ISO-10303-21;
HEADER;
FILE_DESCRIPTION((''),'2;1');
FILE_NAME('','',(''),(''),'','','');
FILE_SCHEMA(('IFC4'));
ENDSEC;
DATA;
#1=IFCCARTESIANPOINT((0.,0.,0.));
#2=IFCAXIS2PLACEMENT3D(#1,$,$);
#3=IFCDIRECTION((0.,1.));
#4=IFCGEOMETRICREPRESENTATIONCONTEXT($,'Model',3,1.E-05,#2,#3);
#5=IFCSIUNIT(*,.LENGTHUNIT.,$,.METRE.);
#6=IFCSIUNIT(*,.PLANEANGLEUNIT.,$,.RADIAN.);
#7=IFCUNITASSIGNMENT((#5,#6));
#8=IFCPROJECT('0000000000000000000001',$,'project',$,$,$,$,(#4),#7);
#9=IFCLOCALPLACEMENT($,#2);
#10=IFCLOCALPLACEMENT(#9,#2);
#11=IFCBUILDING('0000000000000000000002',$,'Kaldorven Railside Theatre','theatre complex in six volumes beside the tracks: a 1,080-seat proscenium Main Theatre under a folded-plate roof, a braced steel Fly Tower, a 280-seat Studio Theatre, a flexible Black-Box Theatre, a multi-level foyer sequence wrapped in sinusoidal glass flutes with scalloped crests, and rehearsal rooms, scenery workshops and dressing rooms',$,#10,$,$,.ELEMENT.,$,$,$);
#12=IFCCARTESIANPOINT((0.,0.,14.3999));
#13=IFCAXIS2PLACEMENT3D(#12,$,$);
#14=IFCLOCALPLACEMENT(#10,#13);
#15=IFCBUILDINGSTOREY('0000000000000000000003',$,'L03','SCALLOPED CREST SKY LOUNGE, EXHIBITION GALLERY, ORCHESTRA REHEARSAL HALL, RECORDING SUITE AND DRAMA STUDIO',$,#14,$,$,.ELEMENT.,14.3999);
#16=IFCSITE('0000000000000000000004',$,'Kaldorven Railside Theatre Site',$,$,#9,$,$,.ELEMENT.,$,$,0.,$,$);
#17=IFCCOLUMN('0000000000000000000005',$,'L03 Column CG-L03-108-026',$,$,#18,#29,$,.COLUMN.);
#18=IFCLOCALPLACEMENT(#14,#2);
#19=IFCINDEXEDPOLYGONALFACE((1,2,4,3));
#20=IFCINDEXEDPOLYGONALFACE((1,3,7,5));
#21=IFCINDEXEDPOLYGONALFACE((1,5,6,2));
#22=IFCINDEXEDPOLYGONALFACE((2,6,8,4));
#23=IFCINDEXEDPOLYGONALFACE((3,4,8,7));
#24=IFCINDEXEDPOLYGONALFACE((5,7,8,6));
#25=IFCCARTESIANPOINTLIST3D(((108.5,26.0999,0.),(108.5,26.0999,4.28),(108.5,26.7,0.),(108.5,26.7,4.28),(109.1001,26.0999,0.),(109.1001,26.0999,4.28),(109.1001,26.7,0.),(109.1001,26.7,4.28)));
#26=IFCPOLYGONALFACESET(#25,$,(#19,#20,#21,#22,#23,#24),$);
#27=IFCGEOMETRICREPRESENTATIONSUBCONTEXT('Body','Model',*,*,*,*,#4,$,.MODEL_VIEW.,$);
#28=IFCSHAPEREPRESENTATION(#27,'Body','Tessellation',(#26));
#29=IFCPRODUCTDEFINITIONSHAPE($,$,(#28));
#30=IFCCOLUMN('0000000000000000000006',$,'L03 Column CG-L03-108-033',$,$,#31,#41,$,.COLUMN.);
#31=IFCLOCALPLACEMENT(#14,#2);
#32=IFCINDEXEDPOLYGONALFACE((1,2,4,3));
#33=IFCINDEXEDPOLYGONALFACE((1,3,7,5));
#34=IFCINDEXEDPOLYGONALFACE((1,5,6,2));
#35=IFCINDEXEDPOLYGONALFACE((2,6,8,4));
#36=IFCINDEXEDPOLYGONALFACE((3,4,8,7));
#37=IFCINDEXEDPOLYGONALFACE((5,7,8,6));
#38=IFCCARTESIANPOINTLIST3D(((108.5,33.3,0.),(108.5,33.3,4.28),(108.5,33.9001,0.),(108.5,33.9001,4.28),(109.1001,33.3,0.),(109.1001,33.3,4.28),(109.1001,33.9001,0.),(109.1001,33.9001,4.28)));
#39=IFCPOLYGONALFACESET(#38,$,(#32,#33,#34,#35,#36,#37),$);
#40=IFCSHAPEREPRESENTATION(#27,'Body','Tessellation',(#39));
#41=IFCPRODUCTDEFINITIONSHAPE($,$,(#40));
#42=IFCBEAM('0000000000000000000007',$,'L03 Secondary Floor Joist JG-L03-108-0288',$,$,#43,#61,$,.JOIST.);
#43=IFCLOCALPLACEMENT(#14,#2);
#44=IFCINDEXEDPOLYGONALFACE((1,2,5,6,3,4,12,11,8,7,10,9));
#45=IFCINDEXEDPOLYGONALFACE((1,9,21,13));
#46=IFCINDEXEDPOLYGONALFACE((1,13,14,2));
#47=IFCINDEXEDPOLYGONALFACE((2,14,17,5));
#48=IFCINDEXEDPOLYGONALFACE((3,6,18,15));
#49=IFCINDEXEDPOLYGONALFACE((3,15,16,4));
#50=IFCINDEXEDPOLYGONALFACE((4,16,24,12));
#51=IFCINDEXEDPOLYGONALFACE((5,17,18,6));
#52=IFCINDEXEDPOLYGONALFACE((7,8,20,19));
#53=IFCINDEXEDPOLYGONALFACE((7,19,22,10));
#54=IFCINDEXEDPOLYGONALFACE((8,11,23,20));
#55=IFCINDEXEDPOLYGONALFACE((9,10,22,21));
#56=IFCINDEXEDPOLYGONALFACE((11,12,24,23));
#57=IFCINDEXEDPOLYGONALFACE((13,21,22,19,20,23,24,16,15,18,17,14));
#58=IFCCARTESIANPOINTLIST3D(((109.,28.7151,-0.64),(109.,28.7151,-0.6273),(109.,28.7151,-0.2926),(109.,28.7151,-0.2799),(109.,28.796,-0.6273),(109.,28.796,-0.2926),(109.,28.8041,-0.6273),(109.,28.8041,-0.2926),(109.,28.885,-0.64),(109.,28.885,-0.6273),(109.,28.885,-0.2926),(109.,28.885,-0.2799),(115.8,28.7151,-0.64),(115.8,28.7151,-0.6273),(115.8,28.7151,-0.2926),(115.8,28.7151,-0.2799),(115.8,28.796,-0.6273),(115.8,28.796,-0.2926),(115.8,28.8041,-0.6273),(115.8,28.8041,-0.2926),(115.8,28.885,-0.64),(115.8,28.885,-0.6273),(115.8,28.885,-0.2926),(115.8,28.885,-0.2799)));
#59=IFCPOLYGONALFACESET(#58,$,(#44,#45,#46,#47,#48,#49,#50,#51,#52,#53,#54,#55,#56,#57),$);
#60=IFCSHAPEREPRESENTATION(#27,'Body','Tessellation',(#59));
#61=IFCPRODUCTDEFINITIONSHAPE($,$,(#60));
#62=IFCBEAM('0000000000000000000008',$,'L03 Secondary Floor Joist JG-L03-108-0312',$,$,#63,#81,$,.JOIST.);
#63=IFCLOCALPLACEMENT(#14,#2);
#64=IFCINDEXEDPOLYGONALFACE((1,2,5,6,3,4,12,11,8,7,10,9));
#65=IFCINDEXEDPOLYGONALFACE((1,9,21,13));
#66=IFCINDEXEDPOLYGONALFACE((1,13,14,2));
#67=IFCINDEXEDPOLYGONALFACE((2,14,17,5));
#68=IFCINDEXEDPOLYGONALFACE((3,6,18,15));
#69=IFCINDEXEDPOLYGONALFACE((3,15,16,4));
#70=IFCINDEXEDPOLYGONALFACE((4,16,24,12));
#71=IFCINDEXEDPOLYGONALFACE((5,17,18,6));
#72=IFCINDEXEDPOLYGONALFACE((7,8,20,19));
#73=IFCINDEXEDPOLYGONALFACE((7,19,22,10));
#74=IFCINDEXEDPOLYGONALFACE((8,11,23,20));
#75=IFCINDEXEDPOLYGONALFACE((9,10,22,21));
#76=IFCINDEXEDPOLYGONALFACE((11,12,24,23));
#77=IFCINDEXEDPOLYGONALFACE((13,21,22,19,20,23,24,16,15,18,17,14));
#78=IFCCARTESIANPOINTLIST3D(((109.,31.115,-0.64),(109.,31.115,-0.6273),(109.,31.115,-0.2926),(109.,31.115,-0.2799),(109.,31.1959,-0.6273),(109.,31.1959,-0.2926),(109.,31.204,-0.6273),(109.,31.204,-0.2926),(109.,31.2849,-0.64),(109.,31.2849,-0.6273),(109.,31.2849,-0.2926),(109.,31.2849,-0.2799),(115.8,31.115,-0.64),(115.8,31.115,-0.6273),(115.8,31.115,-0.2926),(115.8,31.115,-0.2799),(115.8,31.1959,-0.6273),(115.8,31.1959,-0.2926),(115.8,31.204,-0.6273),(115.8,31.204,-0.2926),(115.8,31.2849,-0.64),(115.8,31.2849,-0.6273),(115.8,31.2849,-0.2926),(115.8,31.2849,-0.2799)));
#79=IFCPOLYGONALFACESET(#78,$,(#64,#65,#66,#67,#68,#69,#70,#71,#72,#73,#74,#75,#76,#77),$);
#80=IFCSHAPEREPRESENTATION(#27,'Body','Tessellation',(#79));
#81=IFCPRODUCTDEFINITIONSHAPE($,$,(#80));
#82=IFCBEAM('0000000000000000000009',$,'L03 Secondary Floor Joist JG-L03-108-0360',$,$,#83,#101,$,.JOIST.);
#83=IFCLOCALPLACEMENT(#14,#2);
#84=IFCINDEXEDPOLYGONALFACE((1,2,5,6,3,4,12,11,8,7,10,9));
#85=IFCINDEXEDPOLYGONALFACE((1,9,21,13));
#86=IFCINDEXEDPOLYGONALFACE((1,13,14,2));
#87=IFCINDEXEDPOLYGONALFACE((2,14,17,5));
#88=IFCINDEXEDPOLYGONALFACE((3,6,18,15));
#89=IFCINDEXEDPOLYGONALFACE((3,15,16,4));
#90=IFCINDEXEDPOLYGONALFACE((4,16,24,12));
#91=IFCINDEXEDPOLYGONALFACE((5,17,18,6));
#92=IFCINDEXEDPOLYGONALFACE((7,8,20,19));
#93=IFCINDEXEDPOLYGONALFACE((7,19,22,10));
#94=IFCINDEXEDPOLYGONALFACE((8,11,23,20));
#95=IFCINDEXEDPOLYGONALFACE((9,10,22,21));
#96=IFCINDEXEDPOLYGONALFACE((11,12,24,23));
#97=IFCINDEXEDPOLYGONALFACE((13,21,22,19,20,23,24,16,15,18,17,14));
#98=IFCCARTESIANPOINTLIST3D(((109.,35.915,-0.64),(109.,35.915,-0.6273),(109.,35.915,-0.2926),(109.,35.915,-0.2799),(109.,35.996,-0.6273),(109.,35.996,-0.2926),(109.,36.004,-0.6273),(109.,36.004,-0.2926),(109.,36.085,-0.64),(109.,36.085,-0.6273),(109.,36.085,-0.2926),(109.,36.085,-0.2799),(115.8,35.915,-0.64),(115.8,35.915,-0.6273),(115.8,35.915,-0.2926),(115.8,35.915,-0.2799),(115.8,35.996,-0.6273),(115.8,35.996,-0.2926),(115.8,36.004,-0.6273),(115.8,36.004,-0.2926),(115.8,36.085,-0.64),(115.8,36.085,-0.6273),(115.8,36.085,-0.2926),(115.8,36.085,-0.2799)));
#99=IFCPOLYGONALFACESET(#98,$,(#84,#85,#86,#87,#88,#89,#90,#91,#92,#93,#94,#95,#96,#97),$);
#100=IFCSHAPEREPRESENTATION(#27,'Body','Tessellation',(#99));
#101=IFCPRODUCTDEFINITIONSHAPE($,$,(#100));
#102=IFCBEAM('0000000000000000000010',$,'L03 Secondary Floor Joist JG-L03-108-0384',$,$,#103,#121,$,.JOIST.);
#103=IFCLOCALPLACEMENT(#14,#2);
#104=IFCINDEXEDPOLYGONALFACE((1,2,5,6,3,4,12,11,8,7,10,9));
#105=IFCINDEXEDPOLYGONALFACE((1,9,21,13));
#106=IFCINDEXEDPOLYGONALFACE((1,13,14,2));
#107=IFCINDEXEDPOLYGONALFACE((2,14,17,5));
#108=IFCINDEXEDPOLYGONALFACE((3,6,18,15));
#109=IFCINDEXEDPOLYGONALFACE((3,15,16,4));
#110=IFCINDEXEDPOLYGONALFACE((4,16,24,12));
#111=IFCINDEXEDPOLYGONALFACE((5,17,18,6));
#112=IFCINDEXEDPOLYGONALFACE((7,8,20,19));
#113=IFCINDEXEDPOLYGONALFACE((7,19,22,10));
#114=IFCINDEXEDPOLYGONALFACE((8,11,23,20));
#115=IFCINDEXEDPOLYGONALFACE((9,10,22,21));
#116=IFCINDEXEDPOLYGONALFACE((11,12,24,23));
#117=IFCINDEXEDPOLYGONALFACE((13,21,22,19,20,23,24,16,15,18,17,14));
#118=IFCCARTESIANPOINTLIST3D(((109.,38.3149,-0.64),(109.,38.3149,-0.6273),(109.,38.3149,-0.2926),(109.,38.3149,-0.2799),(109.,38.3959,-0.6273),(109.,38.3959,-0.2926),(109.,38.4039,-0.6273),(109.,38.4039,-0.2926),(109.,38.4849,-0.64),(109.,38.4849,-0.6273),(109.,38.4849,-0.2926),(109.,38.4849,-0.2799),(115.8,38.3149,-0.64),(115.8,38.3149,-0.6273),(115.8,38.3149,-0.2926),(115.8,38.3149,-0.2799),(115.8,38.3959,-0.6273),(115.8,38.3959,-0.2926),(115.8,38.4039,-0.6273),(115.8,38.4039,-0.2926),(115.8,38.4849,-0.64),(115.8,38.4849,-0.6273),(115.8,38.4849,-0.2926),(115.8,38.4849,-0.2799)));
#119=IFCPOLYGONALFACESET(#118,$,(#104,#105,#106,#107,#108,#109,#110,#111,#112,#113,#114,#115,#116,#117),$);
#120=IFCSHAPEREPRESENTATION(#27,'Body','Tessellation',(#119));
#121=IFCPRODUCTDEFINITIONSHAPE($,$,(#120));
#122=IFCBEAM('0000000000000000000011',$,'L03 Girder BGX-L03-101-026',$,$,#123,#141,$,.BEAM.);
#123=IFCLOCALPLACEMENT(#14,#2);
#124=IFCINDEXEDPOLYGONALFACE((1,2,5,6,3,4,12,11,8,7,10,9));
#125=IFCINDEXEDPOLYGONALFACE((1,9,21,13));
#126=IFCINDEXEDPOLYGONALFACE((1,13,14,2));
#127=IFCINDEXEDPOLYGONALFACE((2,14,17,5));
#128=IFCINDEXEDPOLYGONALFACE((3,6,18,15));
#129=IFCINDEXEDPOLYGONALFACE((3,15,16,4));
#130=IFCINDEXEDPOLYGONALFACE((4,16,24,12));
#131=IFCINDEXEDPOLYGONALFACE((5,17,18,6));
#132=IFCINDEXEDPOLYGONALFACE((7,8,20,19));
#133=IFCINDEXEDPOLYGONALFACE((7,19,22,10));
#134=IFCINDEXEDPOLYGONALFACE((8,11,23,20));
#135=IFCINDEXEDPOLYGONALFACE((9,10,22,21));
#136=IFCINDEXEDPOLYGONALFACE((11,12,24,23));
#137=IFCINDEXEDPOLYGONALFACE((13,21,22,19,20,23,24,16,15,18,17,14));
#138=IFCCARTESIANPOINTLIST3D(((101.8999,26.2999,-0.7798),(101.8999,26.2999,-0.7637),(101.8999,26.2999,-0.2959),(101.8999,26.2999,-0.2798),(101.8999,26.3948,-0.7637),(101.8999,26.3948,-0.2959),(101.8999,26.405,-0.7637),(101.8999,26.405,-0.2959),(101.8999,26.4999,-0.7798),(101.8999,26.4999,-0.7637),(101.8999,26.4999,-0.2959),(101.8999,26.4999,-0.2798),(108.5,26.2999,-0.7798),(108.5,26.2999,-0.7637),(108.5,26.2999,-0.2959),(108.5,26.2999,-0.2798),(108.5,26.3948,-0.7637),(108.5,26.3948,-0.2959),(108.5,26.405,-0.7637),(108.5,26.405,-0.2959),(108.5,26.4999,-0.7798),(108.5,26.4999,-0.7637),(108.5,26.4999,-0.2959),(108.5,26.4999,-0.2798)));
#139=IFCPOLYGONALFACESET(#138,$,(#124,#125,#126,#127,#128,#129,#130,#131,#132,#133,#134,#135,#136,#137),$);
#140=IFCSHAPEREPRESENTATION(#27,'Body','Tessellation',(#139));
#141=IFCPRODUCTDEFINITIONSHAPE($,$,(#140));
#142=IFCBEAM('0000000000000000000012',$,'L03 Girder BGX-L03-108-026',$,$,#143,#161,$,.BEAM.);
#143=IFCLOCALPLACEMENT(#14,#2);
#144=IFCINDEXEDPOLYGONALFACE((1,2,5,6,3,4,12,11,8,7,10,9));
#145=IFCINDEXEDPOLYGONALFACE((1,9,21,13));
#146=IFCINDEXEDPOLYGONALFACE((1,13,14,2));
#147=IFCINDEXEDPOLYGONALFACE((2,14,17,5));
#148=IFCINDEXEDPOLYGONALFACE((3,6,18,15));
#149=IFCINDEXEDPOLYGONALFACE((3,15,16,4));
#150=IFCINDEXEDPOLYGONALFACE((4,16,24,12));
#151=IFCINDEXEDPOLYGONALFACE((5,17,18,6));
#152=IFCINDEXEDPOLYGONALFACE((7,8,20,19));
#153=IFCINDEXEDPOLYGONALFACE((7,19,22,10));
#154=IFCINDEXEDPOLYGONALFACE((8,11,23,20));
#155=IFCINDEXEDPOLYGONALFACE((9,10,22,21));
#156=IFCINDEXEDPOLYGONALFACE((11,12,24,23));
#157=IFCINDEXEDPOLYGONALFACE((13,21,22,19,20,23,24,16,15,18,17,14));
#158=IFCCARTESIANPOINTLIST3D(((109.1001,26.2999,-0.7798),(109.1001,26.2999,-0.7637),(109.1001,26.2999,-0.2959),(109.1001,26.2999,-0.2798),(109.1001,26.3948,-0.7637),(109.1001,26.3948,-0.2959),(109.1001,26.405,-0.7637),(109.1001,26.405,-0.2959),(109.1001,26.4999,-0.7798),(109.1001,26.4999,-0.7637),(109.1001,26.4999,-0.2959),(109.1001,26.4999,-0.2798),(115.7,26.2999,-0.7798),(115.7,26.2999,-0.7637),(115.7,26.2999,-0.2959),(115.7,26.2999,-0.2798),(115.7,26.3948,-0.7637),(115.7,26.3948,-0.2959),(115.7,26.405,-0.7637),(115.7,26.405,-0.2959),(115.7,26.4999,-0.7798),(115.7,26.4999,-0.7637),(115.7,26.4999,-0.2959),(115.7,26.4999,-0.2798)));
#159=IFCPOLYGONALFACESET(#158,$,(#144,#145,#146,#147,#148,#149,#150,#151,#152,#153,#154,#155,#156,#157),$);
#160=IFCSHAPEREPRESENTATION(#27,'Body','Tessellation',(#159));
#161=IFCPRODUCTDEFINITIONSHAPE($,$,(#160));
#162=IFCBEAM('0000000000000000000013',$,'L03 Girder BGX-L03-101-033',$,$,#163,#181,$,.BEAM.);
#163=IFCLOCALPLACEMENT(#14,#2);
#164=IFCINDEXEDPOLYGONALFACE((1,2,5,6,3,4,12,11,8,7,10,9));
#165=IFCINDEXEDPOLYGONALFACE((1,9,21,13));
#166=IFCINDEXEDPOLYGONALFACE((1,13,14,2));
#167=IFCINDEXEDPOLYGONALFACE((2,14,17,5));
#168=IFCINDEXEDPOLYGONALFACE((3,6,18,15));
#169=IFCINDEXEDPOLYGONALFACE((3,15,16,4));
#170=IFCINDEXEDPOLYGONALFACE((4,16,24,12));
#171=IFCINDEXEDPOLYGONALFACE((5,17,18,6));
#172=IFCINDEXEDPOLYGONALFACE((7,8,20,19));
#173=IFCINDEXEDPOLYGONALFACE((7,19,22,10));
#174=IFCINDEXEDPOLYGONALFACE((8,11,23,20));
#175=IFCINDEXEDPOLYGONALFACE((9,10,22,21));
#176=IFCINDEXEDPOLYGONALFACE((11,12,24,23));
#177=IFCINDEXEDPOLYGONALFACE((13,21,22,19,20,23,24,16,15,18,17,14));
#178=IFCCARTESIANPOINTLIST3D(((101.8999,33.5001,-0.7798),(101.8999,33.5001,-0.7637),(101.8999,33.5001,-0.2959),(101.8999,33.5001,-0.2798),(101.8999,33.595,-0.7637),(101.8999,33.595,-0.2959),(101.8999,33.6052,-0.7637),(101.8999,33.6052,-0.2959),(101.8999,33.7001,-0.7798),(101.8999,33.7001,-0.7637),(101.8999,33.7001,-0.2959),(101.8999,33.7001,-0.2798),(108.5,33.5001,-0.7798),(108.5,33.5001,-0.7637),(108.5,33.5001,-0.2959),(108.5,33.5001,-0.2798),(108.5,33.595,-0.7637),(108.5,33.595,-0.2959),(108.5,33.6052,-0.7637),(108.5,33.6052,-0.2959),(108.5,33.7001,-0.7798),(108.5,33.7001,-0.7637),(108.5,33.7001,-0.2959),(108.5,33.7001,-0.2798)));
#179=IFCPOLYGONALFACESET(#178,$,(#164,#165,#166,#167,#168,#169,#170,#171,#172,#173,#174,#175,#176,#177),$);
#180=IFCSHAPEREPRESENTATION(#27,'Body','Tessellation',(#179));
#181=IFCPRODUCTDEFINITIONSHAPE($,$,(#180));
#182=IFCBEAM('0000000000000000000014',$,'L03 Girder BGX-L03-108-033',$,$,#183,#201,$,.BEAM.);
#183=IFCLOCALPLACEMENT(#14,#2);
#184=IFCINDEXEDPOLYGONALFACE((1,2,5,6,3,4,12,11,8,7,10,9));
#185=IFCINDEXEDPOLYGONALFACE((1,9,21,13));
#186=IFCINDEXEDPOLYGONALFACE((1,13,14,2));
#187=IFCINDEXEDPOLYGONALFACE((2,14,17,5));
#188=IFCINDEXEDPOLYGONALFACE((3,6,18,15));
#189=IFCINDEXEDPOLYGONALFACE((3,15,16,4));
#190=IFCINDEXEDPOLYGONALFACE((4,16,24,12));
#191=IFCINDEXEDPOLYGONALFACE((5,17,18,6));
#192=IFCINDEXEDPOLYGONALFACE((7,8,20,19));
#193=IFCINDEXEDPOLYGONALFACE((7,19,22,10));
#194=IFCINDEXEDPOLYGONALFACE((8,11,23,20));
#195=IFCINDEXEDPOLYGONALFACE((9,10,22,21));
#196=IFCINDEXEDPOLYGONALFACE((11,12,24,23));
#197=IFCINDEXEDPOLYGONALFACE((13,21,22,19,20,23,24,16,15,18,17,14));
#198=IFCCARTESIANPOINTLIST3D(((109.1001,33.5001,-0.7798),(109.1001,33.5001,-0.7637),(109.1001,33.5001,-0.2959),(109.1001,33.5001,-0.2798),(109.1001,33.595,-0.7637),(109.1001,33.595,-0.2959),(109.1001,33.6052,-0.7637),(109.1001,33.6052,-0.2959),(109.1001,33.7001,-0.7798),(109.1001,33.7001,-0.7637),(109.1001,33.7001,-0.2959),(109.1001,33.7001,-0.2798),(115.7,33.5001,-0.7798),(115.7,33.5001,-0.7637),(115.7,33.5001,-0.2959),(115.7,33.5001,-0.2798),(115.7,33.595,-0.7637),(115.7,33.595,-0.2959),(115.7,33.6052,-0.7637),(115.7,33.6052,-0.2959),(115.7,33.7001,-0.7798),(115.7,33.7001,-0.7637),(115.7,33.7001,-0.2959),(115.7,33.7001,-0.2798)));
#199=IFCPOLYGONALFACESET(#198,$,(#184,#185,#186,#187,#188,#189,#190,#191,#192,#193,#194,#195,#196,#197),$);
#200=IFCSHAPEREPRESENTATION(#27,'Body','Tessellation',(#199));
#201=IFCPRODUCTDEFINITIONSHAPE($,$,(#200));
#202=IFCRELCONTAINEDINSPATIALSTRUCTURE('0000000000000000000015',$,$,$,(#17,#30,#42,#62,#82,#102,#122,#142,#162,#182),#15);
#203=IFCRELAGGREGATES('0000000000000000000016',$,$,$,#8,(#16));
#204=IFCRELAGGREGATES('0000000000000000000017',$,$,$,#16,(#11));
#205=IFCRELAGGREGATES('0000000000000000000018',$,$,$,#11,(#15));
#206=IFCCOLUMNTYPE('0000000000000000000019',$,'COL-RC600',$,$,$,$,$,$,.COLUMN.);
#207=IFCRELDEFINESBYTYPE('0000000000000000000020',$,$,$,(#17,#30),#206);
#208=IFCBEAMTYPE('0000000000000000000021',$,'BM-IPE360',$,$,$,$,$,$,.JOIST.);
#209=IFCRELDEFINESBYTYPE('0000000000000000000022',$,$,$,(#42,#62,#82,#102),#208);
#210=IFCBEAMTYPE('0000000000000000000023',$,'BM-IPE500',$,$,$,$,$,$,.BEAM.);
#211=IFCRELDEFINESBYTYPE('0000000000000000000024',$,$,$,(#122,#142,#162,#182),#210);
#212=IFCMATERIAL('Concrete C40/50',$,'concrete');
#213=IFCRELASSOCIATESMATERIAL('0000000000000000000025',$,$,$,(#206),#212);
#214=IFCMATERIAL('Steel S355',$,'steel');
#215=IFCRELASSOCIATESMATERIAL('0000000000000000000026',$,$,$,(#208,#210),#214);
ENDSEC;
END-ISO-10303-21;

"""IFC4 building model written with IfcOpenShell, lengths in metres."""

from ifc_helpers import new_model, si_unit, direction, frame, origin, origin_2d, place, context, subcontext, project, spatial, rectangle, i_section, extrude, material, material_profile, profile_set, type_object, element, save


model = new_model("IFC4")

# Units and contexts
model_context = context("Model", 3, precision=1e-05, world=origin(), true_north=direction((0.0, 1.0)))
body_context = subcontext(model_context, "Body", "Model", "MODEL_VIEW")
ifc_project = project(units=[si_unit("LENGTHUNIT", "METRE"), si_unit("PLANEANGLEUNIT", "RADIAN")], contexts=[model_context])

# Site, building, storey
site_placement = place(None, origin())
site = spatial("IfcSite", under=ifc_project, at=site_placement, Name="Kaldorven Railside Theatre Site", CompositionType="ELEMENT", RefElevation=0.0)
building_placement = place(site_placement, origin())
building = spatial("IfcBuilding", under=site, at=building_placement, Name="Kaldorven Railside Theatre", Description="theatre complex in six volumes beside the tracks: a 1,080-seat proscenium Main Theatre under a folded-plate roof, a braced steel Fly Tower, a 280-seat Studio Theatre, a flexible Black-Box Theatre, a multi-level foyer sequence wrapped in sinusoidal glass flutes with scalloped crests, and rehearsal rooms, scenery workshops and dressing rooms", CompositionType="ELEMENT")
storey_placement = place(building_placement, frame((0.0, 0.0, 14.3999)))
storey = spatial("IfcBuildingStorey", under=building, at=storey_placement, Name="L03", Description="SCALLOPED CREST SKY LOUNGE, EXHIBITION GALLERY, ORCHESTRA REHEARSAL HALL, RECORDING SUITE AND DRAMA STUDIO", CompositionType="ELEMENT", Elevation=14.3999)

# Columns
ifc_material_1 = material(Name="Concrete C40/50", Category="concrete")
ifc_material_profile_1 = material_profile(ifc_material_1, rectangle(XDim=0.6001, YDim=0.6001, at=origin_2d()), Name="RC 600x600")
ifc_profile_set_1 = profile_set([ifc_material_profile_1], Name="Concrete C40/50")
column_type = type_object("IfcColumnType", Name="COL-RC600", PredefinedType="COLUMN", material=ifc_profile_set_1)
for number, where, z_axis, x_axis, name in (
    (1, (108.8, 26.3999, 0.0), (0.0, 0.0, 1.0), (0.0, 1.0, 0.0), "L03 Column CG-L03-108-026"),
    (2, (108.8, 33.6001, 0.0), (0.0, 0.0, 1.0), (1.0, 0.0, 0.0), "L03 Column CG-L03-108-033"),
):
    element("IfcColumn", number, at=place(storey_placement, frame(where, z_axis=z_axis, x_axis=x_axis)), inside=storey, type_object=column_type, Name=name, PredefinedType="COLUMN", context=body_context, shape_type="SweptSolid", body=[
        extrude(rectangle(XDim=0.6001, YDim=0.6001, at=origin_2d()), origin(), (0.0, 0.0, 1.0), 4.28),
    ])

# Beams
ifc_material_2 = material(Name="Steel S355", Category="steel")
ifc_material_profile_2 = material_profile(ifc_material_2, i_section(OverallWidth=0.1699, OverallDepth=0.3601, WebThickness=0.0081, FlangeThickness=0.0127, at=origin_2d()), Name="IPE 360")
ifc_profile_set_2 = profile_set([ifc_material_profile_2], Name="Steel S355")
beam_type_1 = type_object("IfcBeamType", Name="BM-IPE360", PredefinedType="JOIST", material=ifc_profile_set_2)
for number, where, z_axis, x_axis, name in (
    (3, (109.0, 28.8, -0.46), (1.0, 0.0, 0.0), (0.0, 1.0, 0.0), "L03 Secondary Floor Joist JG-L03-108-0288"),
    (4, (109.0, 31.2, -0.46), (1.0, 0.0, 0.0), (0.0, 1.0, 0.0), "L03 Secondary Floor Joist JG-L03-108-0312"),
    (5, (109.0, 36.0, -0.46), (1.0, 0.0, 0.0), (0.0, 1.0, 0.0), "L03 Secondary Floor Joist JG-L03-108-0360"),
    (6, (109.0, 38.3999, -0.46), (1.0, 0.0, 0.0), (0.0, 1.0, 0.0), "L03 Secondary Floor Joist JG-L03-108-0384"),
):
    element("IfcBeam", number, at=place(storey_placement, frame(where, z_axis=z_axis, x_axis=x_axis)), inside=storey, type_object=beam_type_1, Name=name, PredefinedType="JOIST", context=body_context, shape_type="SweptSolid", body=[
        extrude(i_section(OverallWidth=0.1699, OverallDepth=0.3601, WebThickness=0.0081, FlangeThickness=0.0127, at=origin_2d()), origin(), (0.0, 0.0, 1.0), 6.8),
    ])
ifc_material_profile_3 = material_profile(ifc_material_2, i_section(OverallWidth=0.2, OverallDepth=0.5, WebThickness=0.0103, FlangeThickness=0.0161, at=origin_2d()), Name="IPE 500")
ifc_profile_set_3 = profile_set([ifc_material_profile_3], Name="Steel S355")
beam_type_2 = type_object("IfcBeamType", Name="BM-IPE500", PredefinedType="BEAM", material=ifc_profile_set_3)
beam_1_placement = place(storey_placement, frame((101.8999, 26.3999, -0.5298), z_axis=(1.0, 0.0, 0.0), x_axis=(0.0, 1.0, 0.0)))
element("IfcBeam", 7, at=beam_1_placement, inside=storey, type_object=beam_type_2, Name="L03 Girder BGX-L03-101-026", PredefinedType="BEAM", context=body_context, shape_type="SweptSolid", body=[
    extrude(i_section(OverallWidth=0.2, OverallDepth=0.5, WebThickness=0.0103, FlangeThickness=0.0161, at=origin_2d()), origin(), (0.0, 0.0, 1.0), 6.6001),
])
beam_2_placement = place(storey_placement, frame((109.1001, 26.3999, -0.5298), z_axis=(1.0, 0.0, 0.0), x_axis=(0.0, 1.0, 0.0)))
element("IfcBeam", 8, at=beam_2_placement, inside=storey, type_object=beam_type_2, Name="L03 Girder BGX-L03-108-026", PredefinedType="BEAM", context=body_context, shape_type="SweptSolid", body=[
    extrude(i_section(OverallWidth=0.2, OverallDepth=0.5, WebThickness=0.0103, FlangeThickness=0.0161, at=origin_2d()), origin(), (0.0, 0.0, 1.0), 6.5999),
])
beam_3_placement = place(storey_placement, frame((101.8999, 33.6001, -0.5298), z_axis=(1.0, 0.0, 0.0), x_axis=(0.0, 1.0, 0.0)))
element("IfcBeam", 9, at=beam_3_placement, inside=storey, type_object=beam_type_2, Name="L03 Girder BGX-L03-101-033", PredefinedType="BEAM", context=body_context, shape_type="SweptSolid", body=[
    extrude(i_section(OverallWidth=0.2, OverallDepth=0.5, WebThickness=0.0103, FlangeThickness=0.0161, at=origin_2d()), origin(), (0.0, 0.0, 1.0), 6.6001),
])
beam_4_placement = place(storey_placement, frame((109.1001, 33.6001, -0.5298), z_axis=(1.0, 0.0, 0.0), x_axis=(0.0, 1.0, 0.0)))
element("IfcBeam", 10, at=beam_4_placement, inside=storey, type_object=beam_type_2, Name="L03 Girder BGX-L03-108-033", PredefinedType="BEAM", context=body_context, shape_type="SweptSolid", body=[
    extrude(i_section(OverallWidth=0.2, OverallDepth=0.5, WebThickness=0.0103, FlangeThickness=0.0161, at=origin_2d()), origin(), (0.0, 0.0, 1.0), 6.5999),
])

save(model, "model.ifc")
